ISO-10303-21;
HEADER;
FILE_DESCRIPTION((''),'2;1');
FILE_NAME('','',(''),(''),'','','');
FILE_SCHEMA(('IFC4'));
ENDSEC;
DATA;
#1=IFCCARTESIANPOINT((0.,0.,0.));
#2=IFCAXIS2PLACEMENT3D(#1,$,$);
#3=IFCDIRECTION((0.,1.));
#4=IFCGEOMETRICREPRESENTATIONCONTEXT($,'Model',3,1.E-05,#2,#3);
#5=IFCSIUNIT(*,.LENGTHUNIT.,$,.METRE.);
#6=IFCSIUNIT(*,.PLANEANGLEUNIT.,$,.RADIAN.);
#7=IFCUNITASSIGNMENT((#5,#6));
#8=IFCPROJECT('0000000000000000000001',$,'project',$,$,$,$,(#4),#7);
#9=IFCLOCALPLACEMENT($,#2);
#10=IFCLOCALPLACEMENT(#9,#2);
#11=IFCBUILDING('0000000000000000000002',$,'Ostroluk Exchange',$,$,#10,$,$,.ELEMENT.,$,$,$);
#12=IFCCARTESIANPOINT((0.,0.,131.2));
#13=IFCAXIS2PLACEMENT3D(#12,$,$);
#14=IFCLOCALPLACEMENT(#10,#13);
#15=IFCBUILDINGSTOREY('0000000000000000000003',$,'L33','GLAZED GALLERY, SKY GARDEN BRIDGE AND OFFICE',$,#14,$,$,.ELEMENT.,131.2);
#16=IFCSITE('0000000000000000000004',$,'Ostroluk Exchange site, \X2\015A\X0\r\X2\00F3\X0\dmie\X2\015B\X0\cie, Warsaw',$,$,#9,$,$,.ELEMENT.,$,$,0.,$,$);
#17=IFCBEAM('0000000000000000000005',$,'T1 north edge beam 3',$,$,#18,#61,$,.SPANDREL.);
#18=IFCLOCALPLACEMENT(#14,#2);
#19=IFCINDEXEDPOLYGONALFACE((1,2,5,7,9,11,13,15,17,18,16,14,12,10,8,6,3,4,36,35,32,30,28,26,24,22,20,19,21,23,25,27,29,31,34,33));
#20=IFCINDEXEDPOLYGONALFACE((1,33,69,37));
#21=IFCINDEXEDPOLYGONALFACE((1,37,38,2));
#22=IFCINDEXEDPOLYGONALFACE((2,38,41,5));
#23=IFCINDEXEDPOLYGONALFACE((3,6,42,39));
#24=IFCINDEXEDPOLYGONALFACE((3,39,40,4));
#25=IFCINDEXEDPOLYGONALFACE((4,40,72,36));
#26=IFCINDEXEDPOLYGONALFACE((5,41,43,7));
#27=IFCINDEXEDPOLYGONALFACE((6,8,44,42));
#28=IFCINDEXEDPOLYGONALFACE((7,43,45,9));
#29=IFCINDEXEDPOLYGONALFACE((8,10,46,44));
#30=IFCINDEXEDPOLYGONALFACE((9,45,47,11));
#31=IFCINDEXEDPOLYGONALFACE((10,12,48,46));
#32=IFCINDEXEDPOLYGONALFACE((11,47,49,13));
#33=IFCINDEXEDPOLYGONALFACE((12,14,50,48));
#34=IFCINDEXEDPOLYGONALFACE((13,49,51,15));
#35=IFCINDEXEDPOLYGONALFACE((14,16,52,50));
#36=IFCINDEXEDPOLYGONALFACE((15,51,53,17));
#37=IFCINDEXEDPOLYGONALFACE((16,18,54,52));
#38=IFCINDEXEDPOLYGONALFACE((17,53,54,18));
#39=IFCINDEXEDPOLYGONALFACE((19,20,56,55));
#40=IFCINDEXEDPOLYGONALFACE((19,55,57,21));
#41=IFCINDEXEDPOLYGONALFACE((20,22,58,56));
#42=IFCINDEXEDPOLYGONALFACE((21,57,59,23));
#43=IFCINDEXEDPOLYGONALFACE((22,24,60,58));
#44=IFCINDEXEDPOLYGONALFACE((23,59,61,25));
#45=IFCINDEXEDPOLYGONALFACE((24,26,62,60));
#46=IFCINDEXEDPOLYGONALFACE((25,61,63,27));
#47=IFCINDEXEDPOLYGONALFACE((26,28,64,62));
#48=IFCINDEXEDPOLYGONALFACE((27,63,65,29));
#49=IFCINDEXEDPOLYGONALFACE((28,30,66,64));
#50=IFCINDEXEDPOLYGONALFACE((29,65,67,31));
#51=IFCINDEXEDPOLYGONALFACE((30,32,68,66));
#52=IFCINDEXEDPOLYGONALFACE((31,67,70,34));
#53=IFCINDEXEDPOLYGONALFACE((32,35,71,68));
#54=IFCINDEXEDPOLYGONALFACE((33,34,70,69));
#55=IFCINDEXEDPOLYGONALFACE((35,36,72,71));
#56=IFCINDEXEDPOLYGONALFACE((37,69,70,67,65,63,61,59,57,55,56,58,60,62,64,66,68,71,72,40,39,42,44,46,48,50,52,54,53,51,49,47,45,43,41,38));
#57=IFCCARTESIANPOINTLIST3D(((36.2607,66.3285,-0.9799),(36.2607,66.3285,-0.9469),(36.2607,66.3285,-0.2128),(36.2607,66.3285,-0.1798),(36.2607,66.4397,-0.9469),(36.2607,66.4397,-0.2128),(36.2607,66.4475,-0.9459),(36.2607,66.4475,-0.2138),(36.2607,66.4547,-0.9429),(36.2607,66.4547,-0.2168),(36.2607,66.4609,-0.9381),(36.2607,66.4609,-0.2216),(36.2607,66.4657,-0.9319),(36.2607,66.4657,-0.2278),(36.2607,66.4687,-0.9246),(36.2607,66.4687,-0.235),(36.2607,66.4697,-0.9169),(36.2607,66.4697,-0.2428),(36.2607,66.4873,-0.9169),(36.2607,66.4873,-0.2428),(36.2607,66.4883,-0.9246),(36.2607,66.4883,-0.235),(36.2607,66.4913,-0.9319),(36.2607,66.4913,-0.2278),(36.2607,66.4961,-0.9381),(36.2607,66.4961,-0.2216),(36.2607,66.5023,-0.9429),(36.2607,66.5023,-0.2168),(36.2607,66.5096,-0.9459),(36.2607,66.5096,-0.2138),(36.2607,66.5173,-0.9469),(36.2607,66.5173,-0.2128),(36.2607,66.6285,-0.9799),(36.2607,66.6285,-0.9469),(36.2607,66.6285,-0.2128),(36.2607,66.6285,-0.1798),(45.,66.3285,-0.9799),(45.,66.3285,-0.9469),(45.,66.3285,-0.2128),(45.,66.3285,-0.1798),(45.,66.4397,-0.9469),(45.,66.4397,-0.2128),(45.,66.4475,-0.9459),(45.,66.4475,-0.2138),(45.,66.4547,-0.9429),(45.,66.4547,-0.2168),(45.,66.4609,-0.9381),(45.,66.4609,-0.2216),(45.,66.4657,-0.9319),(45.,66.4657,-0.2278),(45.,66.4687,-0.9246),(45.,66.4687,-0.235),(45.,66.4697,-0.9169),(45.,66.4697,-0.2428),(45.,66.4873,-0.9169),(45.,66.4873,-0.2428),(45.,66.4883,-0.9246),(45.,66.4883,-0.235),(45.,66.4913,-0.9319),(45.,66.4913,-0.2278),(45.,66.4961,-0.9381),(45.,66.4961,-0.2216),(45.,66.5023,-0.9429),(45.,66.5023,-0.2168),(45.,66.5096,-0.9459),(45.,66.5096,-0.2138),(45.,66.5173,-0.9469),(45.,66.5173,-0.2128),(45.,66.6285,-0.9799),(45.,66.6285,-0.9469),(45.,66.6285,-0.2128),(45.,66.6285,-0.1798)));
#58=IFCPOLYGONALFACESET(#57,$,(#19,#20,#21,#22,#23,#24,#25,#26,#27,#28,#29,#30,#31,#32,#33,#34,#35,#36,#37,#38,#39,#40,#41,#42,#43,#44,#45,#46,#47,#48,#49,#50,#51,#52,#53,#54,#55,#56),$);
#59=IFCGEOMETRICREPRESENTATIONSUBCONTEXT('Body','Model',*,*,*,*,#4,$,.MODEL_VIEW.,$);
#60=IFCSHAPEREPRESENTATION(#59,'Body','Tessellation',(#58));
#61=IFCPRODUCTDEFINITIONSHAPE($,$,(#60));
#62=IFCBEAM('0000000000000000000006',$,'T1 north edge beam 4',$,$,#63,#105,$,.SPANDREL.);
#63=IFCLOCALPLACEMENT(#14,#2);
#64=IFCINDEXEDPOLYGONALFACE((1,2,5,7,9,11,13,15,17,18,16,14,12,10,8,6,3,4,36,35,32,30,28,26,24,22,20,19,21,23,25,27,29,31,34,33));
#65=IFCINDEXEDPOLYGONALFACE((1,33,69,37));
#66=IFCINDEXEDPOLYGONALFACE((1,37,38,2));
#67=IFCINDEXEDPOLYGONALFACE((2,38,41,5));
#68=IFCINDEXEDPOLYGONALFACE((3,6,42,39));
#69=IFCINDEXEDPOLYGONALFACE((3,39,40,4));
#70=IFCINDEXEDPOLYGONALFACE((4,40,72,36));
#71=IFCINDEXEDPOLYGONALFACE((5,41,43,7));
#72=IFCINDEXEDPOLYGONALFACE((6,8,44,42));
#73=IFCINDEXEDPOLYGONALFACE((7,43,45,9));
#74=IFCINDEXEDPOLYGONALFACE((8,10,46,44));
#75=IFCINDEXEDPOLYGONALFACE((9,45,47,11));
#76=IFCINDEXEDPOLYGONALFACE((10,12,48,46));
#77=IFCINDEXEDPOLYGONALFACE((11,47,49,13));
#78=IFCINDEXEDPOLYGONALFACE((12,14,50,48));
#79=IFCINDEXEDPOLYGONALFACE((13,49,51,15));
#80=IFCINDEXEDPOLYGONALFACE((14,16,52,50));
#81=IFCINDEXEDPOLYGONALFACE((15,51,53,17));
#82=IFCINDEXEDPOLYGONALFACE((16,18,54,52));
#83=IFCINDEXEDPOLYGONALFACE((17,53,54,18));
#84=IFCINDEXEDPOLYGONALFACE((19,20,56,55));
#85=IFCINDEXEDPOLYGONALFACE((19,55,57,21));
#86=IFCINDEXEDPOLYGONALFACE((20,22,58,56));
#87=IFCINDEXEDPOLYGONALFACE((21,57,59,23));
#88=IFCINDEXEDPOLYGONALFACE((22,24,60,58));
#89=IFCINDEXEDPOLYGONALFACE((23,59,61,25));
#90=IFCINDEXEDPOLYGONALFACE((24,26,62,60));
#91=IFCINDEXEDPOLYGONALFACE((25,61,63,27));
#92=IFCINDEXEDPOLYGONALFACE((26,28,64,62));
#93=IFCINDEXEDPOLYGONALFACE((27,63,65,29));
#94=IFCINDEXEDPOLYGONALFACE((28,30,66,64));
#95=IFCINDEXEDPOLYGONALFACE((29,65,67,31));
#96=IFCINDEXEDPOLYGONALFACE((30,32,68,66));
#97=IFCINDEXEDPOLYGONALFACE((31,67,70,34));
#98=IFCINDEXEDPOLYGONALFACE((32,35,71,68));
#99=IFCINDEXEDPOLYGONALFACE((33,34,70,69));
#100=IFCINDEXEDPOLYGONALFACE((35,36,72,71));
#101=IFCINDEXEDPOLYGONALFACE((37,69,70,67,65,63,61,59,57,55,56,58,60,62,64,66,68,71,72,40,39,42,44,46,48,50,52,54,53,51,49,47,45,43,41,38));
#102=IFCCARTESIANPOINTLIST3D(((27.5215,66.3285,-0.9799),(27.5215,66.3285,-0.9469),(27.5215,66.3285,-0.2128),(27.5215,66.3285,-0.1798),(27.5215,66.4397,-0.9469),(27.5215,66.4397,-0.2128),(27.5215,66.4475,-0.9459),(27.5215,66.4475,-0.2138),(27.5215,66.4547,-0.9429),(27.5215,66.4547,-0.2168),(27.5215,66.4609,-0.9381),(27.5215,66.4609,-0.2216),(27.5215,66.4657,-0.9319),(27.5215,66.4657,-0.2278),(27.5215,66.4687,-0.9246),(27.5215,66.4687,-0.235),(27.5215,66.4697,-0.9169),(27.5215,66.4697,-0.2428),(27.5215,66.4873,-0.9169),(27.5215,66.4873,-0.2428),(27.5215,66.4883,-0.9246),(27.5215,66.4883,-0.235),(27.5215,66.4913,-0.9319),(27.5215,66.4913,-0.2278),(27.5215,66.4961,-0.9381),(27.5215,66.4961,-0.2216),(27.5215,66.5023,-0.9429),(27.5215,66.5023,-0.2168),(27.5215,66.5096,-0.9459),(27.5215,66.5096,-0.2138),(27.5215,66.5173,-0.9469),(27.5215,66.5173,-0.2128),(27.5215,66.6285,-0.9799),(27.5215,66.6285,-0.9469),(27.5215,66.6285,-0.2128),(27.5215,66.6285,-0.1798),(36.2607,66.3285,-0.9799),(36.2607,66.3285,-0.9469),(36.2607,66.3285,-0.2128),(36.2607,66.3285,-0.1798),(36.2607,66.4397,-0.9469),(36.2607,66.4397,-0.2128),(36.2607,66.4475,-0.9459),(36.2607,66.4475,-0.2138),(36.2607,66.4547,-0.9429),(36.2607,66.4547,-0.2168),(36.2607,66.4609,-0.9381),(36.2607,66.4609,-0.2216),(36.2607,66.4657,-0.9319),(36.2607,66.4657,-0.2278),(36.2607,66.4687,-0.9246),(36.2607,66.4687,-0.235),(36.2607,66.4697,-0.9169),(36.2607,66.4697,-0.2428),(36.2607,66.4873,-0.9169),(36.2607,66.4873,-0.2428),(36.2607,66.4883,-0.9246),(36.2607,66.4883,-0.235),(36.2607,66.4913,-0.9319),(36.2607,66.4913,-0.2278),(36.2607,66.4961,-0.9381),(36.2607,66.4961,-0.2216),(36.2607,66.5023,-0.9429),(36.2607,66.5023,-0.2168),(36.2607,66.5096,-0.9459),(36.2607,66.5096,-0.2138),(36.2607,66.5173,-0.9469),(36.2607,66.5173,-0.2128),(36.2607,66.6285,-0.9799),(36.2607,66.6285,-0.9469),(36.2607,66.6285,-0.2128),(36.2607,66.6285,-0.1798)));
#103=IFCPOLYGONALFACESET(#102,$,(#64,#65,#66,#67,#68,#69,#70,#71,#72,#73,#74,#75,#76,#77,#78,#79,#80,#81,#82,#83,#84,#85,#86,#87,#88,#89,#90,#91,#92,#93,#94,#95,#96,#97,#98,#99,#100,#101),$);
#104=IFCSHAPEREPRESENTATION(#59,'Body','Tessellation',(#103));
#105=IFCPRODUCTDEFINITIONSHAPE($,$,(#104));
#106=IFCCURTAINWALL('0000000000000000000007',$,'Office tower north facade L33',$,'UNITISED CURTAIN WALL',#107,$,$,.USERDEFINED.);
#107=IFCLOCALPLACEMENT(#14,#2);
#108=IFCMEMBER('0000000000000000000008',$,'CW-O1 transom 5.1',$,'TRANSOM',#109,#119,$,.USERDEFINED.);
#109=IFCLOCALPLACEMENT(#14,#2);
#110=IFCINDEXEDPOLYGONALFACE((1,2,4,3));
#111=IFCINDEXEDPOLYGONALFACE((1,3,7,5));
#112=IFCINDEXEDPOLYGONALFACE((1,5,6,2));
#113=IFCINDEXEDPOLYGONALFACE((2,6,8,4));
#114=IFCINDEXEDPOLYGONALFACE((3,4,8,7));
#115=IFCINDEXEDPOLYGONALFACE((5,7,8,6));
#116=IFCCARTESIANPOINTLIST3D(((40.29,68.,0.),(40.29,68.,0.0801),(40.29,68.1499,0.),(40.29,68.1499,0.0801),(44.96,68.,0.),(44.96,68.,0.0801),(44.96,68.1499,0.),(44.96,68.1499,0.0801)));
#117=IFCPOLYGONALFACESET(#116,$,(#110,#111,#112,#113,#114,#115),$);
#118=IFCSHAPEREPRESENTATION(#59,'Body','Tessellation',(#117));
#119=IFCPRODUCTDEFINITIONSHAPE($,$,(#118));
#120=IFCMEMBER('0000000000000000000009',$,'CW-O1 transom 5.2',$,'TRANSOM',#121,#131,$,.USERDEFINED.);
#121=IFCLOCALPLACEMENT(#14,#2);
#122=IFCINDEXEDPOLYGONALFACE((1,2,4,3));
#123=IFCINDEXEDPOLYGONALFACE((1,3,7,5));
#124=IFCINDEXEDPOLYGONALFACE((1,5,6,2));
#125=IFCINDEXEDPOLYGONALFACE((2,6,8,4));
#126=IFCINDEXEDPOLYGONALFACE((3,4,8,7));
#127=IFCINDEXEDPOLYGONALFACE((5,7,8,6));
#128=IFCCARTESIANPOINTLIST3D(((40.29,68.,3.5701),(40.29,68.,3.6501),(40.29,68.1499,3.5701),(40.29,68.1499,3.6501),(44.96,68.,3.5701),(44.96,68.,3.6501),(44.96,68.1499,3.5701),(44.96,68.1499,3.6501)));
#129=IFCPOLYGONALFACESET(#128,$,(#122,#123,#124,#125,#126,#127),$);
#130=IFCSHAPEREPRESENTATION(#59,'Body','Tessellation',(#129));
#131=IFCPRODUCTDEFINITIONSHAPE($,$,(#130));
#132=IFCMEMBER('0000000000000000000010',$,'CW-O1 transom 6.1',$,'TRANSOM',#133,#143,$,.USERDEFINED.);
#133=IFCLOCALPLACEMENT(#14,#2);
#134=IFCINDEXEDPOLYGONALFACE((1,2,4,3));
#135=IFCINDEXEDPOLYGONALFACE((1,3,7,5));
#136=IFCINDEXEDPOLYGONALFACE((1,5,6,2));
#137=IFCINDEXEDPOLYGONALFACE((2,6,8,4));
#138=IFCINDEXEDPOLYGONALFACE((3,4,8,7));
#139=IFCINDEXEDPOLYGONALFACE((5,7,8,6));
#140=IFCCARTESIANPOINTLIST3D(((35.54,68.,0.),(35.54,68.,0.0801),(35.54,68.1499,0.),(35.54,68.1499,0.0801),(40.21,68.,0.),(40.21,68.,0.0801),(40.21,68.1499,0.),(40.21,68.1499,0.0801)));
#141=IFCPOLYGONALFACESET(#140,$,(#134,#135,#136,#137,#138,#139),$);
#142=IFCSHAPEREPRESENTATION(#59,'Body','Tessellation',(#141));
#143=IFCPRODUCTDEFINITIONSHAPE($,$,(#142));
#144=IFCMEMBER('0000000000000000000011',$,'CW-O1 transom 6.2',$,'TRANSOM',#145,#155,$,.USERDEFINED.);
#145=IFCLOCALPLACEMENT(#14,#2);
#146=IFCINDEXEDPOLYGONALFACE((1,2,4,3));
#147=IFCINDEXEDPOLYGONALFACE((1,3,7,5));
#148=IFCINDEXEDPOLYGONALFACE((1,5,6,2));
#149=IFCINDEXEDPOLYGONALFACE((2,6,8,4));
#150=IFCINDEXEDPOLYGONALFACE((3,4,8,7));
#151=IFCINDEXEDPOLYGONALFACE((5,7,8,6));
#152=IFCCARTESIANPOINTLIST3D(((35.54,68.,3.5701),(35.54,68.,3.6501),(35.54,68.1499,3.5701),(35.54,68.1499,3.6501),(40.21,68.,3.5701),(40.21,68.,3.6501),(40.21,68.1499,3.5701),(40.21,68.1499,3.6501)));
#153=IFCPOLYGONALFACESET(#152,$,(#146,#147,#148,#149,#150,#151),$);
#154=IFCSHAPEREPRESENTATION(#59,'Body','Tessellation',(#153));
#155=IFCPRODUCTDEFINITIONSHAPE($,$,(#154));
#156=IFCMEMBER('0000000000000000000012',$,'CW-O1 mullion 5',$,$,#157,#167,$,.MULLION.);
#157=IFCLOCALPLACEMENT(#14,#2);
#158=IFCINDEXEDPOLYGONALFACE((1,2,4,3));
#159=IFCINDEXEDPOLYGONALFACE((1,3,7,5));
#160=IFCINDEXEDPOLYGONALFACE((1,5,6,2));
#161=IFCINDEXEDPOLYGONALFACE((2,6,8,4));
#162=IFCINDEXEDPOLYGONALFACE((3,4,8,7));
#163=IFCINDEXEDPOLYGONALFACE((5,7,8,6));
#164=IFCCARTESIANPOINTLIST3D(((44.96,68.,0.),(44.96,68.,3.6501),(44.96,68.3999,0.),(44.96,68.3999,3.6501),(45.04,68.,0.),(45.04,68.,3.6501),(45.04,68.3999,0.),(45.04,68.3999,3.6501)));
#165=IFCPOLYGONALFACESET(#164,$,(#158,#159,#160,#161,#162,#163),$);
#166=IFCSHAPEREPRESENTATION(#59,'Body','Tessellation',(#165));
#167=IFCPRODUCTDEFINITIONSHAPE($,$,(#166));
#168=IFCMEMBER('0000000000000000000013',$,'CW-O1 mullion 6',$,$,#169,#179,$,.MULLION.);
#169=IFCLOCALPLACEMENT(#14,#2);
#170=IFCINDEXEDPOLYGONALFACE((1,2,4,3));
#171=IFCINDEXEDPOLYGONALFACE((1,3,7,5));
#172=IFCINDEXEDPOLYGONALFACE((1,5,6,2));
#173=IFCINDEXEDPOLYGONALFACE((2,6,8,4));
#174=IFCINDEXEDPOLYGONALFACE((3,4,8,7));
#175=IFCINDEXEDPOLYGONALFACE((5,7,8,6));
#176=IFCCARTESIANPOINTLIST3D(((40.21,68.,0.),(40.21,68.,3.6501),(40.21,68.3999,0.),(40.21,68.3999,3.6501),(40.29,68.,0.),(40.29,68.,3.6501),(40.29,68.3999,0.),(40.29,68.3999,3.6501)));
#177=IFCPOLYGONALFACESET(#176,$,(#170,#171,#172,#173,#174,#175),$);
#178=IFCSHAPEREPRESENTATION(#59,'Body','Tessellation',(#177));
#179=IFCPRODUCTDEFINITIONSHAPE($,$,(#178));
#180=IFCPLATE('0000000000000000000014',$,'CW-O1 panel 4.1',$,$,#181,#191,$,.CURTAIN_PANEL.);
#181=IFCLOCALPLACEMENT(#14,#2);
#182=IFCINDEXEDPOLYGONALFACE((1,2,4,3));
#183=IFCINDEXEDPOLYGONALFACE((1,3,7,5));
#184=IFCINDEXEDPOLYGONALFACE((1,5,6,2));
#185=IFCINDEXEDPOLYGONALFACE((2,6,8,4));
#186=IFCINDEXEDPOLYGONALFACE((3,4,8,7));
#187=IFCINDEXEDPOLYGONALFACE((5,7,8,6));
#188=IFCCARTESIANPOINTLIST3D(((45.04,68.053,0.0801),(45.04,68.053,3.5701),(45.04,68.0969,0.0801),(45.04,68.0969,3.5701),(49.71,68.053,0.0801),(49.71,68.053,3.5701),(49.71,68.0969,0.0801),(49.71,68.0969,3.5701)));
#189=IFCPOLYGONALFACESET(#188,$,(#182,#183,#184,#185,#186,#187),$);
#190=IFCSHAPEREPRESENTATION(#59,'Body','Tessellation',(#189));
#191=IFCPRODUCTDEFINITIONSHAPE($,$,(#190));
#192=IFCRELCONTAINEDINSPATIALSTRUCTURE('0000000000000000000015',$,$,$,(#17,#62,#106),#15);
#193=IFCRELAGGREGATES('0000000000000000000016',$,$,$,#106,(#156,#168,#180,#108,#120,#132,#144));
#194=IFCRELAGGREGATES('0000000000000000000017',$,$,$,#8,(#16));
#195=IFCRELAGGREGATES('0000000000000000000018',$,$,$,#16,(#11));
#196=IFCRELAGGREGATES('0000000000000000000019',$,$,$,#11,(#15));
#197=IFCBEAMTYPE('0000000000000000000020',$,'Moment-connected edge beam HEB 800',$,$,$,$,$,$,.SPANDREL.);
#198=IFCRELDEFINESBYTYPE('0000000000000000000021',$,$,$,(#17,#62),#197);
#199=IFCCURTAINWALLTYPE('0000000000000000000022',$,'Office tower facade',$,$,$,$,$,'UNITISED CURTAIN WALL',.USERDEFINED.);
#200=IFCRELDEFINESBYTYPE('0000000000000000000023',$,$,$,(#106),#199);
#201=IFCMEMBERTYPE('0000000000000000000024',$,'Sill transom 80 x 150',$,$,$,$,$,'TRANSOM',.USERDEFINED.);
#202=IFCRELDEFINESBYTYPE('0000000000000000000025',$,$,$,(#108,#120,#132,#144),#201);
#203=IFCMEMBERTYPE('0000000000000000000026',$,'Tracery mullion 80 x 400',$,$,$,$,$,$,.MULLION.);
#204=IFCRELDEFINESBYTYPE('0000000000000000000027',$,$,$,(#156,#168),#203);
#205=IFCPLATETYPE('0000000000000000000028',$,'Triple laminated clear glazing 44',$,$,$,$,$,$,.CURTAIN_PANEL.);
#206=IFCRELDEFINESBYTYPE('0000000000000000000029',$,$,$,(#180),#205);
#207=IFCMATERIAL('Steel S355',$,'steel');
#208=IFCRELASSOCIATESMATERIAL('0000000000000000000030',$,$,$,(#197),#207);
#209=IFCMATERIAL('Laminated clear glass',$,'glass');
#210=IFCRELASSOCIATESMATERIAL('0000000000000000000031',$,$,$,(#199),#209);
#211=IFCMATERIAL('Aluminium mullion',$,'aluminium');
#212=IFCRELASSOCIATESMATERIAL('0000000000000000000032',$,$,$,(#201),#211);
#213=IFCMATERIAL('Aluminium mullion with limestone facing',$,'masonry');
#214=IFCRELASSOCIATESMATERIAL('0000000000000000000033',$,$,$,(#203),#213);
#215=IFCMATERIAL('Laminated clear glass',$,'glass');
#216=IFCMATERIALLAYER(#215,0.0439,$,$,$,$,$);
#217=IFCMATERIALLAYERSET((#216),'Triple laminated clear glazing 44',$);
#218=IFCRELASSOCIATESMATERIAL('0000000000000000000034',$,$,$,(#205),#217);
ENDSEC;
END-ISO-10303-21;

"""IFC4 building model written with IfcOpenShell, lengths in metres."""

from ifc_helpers import new_model, si_unit, direction, frame, origin, origin_2d, place, context, subcontext, project, spatial, rectangle, i_section, extrude, material, layer, layer_set, material_profile, profile_set, type_object, element, aggregate, save


model = new_model("IFC4")

# Units and contexts
model_context = context("Model", 3, precision=1e-05, world=origin(), true_north=direction((0.0, 1.0)))
body_context = subcontext(model_context, "Body", "Model", "MODEL_VIEW")
ifc_project = project(units=[si_unit("LENGTHUNIT", "METRE"), si_unit("PLANEANGLEUNIT", "RADIAN")], contexts=[model_context])

# Site, building, storey
site_placement = place(None, origin())
site = spatial("IfcSite", under=ifc_project, at=site_placement, Name="Ostroluk Exchange site, Śródmieście, Warsaw", CompositionType="ELEMENT", RefElevation=0.0)
building_placement = place(site_placement, origin())
building = spatial("IfcBuilding", under=site, at=building_placement, Name="Ostroluk Exchange", CompositionType="ELEMENT")
storey_placement = place(building_placement, frame((0.0, 0.0, 131.2)))
storey = spatial("IfcBuildingStorey", under=building, at=storey_placement, Name="L33", Description="GLAZED GALLERY, SKY GARDEN BRIDGE AND OFFICE", CompositionType="ELEMENT", Elevation=131.2)

# Beams
ifc_material_1 = material(Name="Steel S355", Category="steel")
ifc_material_profile_1 = material_profile(ifc_material_1, i_section(OverallWidth=0.3, OverallDepth=0.8, WebThickness=0.0176, FlangeThickness=0.033, FilletRadius=0.03, at=origin_2d()), Name="HEB 800")
ifc_profile_set_1 = profile_set([ifc_material_profile_1], Name="Steel S355")
beam_type = type_object("IfcBeamType", Name="Moment-connected edge beam HEB 800", PredefinedType="SPANDREL", material=ifc_profile_set_1)
for number, where, z_axis, x_axis, name in (
    (1, (45.0, 66.4785, -0.5798), (-1.0, 0.0, 0.0), (0.0, -1.0, 0.0), "T1 north edge beam 3"),
    (2, (36.2607, 66.4785, -0.5798), (-1.0, 0.0, 0.0), (0.0, -1.0, 0.0), "T1 north edge beam 4"),
):
    element("IfcBeam", number, at=place(storey_placement, frame(where, z_axis=z_axis, x_axis=x_axis)), inside=storey, type_object=beam_type, Name=name, PredefinedType="SPANDREL", context=body_context, shape_type="SweptSolid", body=[
        extrude(i_section(OverallWidth=0.3, OverallDepth=0.8, WebThickness=0.0176, FlangeThickness=0.033, FilletRadius=0.03, at=origin_2d()), origin(), (0.0, 0.0, 1.0), 8.7393),
    ])

# Curtain wall, members, plate
ifc_material_2 = material(Name="Laminated clear glass", Category="glass")
curtain_wall_type = type_object("IfcCurtainWallType", Name="Office tower facade", ElementType="UNITISED CURTAIN WALL", PredefinedType="USERDEFINED", material=ifc_material_2)
curtain_wall_placement = place(storey_placement, origin())
curtain_wall = element("IfcCurtainWall", 3, at=curtain_wall_placement, inside=storey, type_object=curtain_wall_type, Name="Office tower north facade L33", ObjectType="UNITISED CURTAIN WALL", PredefinedType="USERDEFINED")
ifc_material_3 = material(Name="Aluminium mullion", Category="aluminium")
ifc_material_profile_2 = material_profile(ifc_material_3, rectangle(XDim=0.1499, YDim=0.0801, at=origin_2d()), Name="Sill transom 80 x 150")
ifc_profile_set_2 = profile_set([ifc_material_profile_2], Name="Aluminium mullion")
member_type_1 = type_object("IfcMemberType", Name="Sill transom 80 x 150", ElementType="TRANSOM", PredefinedType="USERDEFINED", material=ifc_profile_set_2)
member_1_placement = place(storey_placement, frame((44.96, 68.075, 0.04), z_axis=(-1.0, 0.0, 0.0), x_axis=(0.0, -1.0, 0.0)))
member_1 = element("IfcMember", 4, at=member_1_placement, type_object=member_type_1, Name="CW-O1 transom 5.1", ObjectType="TRANSOM", PredefinedType="USERDEFINED", context=body_context, shape_type="SweptSolid", body=[
    extrude(rectangle(XDim=0.1499, YDim=0.0801, at=origin_2d()), origin(), (0.0, 0.0, 1.0), 4.6699),
])
member_2_placement = place(storey_placement, frame((44.96, 68.075, 3.6101), z_axis=(-1.0, 0.0, 0.0), x_axis=(0.0, -1.0, 0.0)))
member_2 = element("IfcMember", 5, at=member_2_placement, type_object=member_type_1, Name="CW-O1 transom 5.2", ObjectType="TRANSOM", PredefinedType="USERDEFINED", context=body_context, shape_type="SweptSolid", body=[
    extrude(rectangle(XDim=0.1499, YDim=0.0801, at=origin_2d()), origin(), (0.0, 0.0, 1.0), 4.6699),
])
member_3_placement = place(storey_placement, frame((40.21, 68.075, 0.04), z_axis=(-1.0, 0.0, 0.0), x_axis=(0.0, -1.0, 0.0)))
member_3 = element("IfcMember", 6, at=member_3_placement, type_object=member_type_1, Name="CW-O1 transom 6.1", ObjectType="TRANSOM", PredefinedType="USERDEFINED", context=body_context, shape_type="SweptSolid", body=[
    extrude(rectangle(XDim=0.1499, YDim=0.0801, at=origin_2d()), origin(), (0.0, 0.0, 1.0), 4.6699),
])
member_4_placement = place(storey_placement, frame((40.21, 68.075, 3.6101), z_axis=(-1.0, 0.0, 0.0), x_axis=(0.0, -1.0, 0.0)))
member_4 = element("IfcMember", 7, at=member_4_placement, type_object=member_type_1, Name="CW-O1 transom 6.2", ObjectType="TRANSOM", PredefinedType="USERDEFINED", context=body_context, shape_type="SweptSolid", body=[
    extrude(rectangle(XDim=0.1499, YDim=0.0801, at=origin_2d()), origin(), (0.0, 0.0, 1.0), 4.6699),
])
ifc_material_4 = material(Name="Aluminium mullion with limestone facing", Category="masonry")
ifc_material_profile_3 = material_profile(ifc_material_4, rectangle(XDim=0.3999, YDim=0.0801, at=origin_2d()), Name="Tracery mullion 80 x 400")
ifc_profile_set_3 = profile_set([ifc_material_profile_3], Name="Aluminium mullion with limestone facing")
member_type_2 = type_object("IfcMemberType", Name="Tracery mullion 80 x 400", PredefinedType="MULLION", material=ifc_profile_set_3)
member_5_placement = place(storey_placement, frame((45.0, 68.2, 0.0), z_axis=(0.0, 0.0, 1.0), x_axis=(0.0, -1.0, 0.0)))
member_5 = element("IfcMember", 8, at=member_5_placement, type_object=member_type_2, Name="CW-O1 mullion 5", PredefinedType="MULLION", context=body_context, shape_type="SweptSolid", body=[
    extrude(rectangle(XDim=0.3999, YDim=0.0801, at=origin_2d()), origin(), (0.0, 0.0, 1.0), 3.6501),
])
member_6_placement = place(storey_placement, frame((40.25, 68.2, 0.0), z_axis=(0.0, 0.0, 1.0), x_axis=(0.0, -1.0, 0.0)))
member_6 = element("IfcMember", 9, at=member_6_placement, type_object=member_type_2, Name="CW-O1 mullion 6", PredefinedType="MULLION", context=body_context, shape_type="SweptSolid", body=[
    extrude(rectangle(XDim=0.3999, YDim=0.0801, at=origin_2d()), origin(), (0.0, 0.0, 1.0), 3.6501),
])
ifc_material_5 = material(Name="Laminated clear glass", Category="glass")
ifc_layer_1 = layer(ifc_material_5, 0.0439)
ifc_layer_set_1 = layer_set([ifc_layer_1], Name="Triple laminated clear glazing 44")
plate_type = type_object("IfcPlateType", Name="Triple laminated clear glazing 44", PredefinedType="CURTAIN_PANEL", material=ifc_layer_set_1)
plate_1_placement = place(storey_placement, frame((47.375, 68.075, 0.0801), z_axis=(0.0, 0.0, 1.0), x_axis=(-1.0, 0.0, 0.0)))
plate_1 = element("IfcPlate", 10, at=plate_1_placement, type_object=plate_type, Name="CW-O1 panel 4.1", PredefinedType="CURTAIN_PANEL", context=body_context, shape_type="SweptSolid", body=[
    extrude(rectangle(XDim=4.6699, YDim=0.0439, at=origin_2d()), origin(), (0.0, 0.0, 1.0), 3.49),
])
aggregate(curtain_wall, [member_5, member_6, plate_1, member_1, member_2, member_3, member_4])

save(model, "model.ifc")
